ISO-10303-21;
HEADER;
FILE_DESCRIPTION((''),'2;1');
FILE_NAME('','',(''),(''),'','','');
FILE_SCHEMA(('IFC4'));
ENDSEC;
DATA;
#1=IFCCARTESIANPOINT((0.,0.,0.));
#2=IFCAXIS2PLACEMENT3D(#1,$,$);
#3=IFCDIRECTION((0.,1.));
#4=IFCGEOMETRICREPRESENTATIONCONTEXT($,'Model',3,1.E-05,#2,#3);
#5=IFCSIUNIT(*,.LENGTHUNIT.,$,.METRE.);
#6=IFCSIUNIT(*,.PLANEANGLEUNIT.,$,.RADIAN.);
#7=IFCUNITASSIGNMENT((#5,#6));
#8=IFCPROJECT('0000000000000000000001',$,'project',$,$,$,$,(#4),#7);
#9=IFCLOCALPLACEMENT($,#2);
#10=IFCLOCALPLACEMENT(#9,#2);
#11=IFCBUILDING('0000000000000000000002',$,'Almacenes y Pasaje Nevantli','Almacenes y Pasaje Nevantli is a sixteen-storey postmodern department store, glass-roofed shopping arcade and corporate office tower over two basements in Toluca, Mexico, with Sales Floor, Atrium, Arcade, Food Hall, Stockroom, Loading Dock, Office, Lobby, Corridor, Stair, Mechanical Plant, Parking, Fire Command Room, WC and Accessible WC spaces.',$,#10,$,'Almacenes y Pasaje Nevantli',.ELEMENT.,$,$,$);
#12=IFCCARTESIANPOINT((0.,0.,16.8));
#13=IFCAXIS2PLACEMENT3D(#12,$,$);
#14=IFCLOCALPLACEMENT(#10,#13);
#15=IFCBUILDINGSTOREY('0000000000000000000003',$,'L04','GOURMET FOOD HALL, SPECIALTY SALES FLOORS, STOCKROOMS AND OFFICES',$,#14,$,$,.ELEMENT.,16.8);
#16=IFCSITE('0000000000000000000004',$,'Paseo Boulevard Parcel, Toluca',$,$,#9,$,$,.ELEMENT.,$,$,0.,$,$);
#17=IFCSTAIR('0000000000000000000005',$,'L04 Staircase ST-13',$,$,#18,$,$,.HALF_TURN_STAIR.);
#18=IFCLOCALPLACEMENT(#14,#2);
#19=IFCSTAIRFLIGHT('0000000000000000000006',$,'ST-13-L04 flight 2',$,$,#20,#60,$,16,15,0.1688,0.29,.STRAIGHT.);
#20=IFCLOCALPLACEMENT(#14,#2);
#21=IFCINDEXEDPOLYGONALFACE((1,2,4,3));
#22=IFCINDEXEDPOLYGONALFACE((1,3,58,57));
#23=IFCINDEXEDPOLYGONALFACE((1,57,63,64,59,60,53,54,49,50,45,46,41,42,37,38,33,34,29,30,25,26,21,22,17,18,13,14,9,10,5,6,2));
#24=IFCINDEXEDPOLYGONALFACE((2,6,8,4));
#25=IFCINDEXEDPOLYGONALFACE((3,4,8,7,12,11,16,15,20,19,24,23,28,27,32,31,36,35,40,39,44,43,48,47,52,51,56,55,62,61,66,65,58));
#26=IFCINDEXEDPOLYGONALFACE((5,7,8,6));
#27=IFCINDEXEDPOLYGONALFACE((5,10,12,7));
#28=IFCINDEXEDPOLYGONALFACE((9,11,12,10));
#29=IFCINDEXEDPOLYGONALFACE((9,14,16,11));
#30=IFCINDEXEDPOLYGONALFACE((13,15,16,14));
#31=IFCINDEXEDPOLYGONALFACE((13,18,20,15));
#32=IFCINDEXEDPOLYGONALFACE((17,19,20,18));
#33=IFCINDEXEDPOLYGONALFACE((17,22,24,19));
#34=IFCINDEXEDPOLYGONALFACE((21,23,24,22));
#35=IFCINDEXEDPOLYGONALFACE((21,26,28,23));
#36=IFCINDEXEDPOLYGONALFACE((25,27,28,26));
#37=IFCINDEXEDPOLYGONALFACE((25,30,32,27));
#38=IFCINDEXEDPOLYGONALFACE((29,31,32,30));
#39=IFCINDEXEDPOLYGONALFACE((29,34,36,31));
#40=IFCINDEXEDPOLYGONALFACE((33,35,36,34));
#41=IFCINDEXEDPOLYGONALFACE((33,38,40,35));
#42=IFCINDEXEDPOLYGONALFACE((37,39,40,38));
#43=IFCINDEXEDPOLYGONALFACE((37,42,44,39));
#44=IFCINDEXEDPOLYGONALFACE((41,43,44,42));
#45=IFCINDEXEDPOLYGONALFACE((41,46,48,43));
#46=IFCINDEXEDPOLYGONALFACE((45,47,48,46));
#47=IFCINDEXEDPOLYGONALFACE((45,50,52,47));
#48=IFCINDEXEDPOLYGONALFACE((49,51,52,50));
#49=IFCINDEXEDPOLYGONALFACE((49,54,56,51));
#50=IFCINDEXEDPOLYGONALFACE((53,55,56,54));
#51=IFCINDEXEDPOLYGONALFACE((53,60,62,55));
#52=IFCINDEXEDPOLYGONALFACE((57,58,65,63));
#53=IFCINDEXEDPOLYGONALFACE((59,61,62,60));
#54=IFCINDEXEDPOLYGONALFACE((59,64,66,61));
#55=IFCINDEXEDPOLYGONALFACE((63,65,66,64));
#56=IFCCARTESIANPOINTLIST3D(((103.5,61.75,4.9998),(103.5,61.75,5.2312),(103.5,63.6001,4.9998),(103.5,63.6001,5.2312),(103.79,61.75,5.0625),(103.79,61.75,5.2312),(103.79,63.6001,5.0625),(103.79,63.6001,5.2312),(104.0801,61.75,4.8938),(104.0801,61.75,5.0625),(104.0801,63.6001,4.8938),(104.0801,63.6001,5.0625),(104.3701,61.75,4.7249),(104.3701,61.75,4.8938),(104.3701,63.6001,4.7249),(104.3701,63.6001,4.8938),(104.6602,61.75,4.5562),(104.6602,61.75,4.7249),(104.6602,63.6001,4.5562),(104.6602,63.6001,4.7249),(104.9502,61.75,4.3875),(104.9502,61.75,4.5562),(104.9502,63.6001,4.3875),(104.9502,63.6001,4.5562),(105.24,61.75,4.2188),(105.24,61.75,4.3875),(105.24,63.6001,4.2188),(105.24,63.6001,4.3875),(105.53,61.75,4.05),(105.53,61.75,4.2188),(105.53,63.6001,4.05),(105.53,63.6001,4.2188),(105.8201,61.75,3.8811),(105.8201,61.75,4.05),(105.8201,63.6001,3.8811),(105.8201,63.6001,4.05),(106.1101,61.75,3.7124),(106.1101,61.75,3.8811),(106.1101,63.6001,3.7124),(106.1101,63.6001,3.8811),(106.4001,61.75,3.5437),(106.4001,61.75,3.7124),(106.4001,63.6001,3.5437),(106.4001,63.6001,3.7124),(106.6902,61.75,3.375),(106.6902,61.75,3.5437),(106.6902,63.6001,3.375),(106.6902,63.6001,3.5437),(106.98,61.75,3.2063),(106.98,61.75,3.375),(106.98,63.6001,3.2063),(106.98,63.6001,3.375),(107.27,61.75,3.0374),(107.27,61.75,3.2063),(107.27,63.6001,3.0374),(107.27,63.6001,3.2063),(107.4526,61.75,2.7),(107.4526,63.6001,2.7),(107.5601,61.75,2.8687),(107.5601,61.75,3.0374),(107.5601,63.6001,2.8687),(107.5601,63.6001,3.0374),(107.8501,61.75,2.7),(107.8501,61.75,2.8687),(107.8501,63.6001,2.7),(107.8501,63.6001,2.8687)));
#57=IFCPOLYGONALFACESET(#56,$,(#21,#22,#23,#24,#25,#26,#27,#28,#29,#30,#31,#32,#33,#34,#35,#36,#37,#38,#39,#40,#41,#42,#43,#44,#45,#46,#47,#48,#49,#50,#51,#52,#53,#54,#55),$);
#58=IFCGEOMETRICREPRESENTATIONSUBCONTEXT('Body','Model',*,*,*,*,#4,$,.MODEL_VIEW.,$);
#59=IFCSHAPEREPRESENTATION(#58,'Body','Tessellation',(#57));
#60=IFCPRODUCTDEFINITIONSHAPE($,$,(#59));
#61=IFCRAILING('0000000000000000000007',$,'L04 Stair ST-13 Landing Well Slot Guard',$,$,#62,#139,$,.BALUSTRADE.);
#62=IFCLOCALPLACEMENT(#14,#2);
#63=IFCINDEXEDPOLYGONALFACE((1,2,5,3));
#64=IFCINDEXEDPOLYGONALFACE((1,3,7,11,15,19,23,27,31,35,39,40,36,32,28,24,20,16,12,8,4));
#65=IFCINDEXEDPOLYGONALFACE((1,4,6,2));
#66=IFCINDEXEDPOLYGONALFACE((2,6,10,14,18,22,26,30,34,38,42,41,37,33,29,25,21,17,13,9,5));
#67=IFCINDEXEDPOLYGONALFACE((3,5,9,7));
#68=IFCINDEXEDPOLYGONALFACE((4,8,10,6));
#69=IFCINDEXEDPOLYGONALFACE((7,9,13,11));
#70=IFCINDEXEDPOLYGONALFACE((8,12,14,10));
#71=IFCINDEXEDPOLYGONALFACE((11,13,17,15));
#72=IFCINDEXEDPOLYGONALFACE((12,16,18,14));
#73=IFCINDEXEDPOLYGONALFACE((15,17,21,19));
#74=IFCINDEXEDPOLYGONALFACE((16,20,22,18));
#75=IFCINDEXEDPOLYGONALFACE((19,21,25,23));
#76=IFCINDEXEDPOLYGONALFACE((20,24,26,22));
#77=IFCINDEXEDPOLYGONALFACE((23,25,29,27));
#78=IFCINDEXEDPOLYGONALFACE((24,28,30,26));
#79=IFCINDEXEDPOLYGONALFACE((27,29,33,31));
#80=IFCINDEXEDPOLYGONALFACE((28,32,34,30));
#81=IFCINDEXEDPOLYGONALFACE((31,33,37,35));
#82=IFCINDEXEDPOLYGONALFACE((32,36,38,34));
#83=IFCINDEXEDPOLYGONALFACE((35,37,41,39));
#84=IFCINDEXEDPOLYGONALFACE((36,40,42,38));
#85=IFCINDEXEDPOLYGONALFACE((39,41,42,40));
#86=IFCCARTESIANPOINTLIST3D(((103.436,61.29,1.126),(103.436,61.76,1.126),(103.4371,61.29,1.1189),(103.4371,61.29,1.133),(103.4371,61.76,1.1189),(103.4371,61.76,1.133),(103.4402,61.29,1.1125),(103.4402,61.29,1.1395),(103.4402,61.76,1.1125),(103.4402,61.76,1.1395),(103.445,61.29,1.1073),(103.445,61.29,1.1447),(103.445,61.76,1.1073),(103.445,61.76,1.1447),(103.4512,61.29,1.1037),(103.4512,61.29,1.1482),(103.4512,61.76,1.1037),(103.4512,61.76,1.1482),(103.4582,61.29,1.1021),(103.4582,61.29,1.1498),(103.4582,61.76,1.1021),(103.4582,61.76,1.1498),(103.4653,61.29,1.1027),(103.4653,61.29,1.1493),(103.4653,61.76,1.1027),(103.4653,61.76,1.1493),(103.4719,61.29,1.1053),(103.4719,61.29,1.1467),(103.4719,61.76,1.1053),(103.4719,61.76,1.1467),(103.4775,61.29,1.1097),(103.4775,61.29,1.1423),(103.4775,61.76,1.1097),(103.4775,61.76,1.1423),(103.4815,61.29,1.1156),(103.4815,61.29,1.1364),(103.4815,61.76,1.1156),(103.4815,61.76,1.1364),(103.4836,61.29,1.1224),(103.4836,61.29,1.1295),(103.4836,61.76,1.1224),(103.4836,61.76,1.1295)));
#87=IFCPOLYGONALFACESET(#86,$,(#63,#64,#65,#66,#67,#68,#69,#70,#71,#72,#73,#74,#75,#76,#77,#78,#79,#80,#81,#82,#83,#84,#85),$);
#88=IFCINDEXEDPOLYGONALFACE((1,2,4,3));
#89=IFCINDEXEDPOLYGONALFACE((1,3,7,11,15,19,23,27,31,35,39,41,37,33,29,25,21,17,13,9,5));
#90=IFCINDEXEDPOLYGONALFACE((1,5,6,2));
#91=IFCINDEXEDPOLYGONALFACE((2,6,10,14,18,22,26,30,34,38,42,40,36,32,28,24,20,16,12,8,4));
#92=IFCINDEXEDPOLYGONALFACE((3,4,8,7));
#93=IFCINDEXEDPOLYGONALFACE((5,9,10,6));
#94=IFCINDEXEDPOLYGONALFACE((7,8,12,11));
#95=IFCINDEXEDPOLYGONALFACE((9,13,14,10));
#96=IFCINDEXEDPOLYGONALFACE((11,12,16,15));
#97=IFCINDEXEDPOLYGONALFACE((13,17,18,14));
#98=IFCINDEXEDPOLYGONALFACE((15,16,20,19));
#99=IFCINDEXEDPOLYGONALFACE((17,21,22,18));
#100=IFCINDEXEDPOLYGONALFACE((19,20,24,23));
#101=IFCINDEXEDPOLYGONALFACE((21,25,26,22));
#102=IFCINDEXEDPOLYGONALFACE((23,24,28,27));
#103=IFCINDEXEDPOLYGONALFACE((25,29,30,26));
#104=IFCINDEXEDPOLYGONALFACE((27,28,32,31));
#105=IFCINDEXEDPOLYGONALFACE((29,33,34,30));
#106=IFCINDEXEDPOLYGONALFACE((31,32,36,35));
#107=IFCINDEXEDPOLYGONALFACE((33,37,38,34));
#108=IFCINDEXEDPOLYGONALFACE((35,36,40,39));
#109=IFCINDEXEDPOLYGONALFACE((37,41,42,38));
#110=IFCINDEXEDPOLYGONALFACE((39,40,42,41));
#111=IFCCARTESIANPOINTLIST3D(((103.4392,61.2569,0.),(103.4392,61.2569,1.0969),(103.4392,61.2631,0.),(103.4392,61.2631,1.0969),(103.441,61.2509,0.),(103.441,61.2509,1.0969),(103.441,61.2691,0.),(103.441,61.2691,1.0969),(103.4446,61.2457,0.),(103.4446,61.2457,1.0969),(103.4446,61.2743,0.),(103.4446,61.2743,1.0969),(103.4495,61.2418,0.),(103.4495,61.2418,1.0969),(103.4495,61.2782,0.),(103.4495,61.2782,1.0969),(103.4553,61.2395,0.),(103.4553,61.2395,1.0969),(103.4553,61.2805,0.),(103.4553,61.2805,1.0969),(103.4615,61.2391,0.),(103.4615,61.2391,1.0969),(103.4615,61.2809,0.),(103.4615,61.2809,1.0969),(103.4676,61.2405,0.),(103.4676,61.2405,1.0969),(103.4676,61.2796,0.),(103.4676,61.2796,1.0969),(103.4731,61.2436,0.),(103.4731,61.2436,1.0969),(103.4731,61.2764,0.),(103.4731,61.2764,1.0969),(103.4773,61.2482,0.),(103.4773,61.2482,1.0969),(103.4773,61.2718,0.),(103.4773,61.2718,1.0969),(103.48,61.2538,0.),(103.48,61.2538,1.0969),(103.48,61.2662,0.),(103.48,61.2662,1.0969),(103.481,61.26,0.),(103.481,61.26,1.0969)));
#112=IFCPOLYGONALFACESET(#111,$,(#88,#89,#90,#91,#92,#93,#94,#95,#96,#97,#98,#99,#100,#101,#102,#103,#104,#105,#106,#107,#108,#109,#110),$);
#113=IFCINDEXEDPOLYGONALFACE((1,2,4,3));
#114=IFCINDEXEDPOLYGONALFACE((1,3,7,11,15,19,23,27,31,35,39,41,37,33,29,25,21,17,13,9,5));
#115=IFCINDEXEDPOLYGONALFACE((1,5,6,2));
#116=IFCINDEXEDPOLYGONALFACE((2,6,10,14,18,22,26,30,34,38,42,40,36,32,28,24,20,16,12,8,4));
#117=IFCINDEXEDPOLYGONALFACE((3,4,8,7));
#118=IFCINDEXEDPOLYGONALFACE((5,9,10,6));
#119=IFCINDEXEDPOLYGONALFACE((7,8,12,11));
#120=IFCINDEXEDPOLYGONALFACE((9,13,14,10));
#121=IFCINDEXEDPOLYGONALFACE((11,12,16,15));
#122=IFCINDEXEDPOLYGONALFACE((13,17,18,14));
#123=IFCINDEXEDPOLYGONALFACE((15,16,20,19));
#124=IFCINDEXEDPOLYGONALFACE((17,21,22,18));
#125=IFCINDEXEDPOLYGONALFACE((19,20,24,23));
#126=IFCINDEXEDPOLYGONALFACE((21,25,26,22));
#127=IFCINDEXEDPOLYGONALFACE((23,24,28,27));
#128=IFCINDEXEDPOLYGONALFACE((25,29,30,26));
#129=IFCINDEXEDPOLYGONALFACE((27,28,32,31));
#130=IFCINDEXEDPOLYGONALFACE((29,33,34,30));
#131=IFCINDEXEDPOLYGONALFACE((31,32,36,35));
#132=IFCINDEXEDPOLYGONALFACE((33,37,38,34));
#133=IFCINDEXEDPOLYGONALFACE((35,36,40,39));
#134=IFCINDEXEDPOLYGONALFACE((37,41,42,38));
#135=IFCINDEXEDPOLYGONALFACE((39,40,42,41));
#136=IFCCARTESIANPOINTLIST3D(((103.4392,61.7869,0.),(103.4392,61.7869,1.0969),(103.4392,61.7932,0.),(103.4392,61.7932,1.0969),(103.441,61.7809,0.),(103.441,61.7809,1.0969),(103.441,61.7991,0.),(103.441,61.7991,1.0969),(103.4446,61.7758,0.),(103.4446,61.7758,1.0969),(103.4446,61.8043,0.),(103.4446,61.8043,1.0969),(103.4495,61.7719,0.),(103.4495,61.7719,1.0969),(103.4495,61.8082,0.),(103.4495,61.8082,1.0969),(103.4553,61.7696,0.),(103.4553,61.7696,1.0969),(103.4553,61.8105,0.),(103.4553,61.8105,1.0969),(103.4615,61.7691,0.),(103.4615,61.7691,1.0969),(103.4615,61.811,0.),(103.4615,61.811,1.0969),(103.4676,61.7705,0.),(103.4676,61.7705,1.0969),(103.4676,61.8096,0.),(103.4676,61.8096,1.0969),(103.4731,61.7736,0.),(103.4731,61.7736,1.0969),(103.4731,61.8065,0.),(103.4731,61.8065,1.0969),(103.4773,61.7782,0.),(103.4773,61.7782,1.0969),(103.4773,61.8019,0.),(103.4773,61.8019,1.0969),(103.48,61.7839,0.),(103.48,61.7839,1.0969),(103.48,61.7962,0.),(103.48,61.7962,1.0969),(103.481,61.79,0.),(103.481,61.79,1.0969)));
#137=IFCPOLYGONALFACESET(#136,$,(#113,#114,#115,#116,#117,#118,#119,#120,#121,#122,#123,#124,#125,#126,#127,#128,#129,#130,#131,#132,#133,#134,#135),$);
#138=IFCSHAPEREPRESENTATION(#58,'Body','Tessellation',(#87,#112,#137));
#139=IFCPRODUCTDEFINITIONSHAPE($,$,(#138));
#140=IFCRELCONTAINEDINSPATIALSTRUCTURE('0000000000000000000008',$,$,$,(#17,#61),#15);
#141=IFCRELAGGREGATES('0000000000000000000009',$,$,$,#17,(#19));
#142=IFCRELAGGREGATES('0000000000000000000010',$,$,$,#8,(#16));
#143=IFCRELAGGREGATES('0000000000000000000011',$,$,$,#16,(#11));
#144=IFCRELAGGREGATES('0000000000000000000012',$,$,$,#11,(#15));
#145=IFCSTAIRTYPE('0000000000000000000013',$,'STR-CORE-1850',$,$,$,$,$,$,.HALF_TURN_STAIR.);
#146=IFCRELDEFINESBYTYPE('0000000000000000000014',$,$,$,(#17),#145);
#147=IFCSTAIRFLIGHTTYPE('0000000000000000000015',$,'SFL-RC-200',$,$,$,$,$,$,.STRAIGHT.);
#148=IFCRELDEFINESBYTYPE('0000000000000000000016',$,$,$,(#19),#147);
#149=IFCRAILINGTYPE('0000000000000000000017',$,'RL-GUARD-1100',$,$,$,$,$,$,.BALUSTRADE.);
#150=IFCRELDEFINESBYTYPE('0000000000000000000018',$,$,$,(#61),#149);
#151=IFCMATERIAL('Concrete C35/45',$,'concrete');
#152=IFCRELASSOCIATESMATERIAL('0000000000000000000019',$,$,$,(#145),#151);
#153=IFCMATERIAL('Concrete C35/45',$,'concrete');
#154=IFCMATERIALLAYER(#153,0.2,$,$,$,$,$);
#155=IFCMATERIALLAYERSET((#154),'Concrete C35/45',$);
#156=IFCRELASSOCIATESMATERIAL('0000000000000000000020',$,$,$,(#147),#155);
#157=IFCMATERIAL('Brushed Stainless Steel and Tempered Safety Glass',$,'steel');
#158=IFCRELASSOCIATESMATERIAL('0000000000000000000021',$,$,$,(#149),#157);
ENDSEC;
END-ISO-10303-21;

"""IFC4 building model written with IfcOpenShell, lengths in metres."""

from ifc_helpers import new_model, si_unit, direction, frame, origin, origin_2d, place, context, subcontext, project, spatial, polyline, circle, outline, extrude, material, layer, layer_set, type_object, element, aggregate, save


model = new_model("IFC4")

# Units and contexts
model_context = context("Model", 3, precision=1e-05, world=origin(), true_north=direction((0.0, 1.0)))
body_context = subcontext(model_context, "Body", "Model", "MODEL_VIEW")
ifc_project = project(units=[si_unit("LENGTHUNIT", "METRE"), si_unit("PLANEANGLEUNIT", "RADIAN")], contexts=[model_context])

# Site, building, storey
site_placement = place(None, origin())
site = spatial("IfcSite", under=ifc_project, at=site_placement, Name="Paseo Boulevard Parcel, Toluca", CompositionType="ELEMENT", RefElevation=0.0)
building_placement = place(site_placement, origin())
building = spatial("IfcBuilding", under=site, at=building_placement, Name="Almacenes y Pasaje Nevantli", Description="Almacenes y Pasaje Nevantli is a sixteen-storey postmodern department store, glass-roofed shopping arcade and corporate office tower over two basements in Toluca, Mexico, with Sales Floor, Atrium, Arcade, Food Hall, Stockroom, Loading Dock, Office, Lobby, Corridor, Stair, Mechanical Plant, Parking, Fire Command Room, WC and Accessible WC spaces.", LongName="Almacenes y Pasaje Nevantli", CompositionType="ELEMENT")
storey_placement = place(building_placement, frame((0.0, 0.0, 16.8)))
storey = spatial("IfcBuildingStorey", under=building, at=storey_placement, Name="L04", Description="GOURMET FOOD HALL, SPECIALTY SALES FLOORS, STOCKROOMS AND OFFICES", CompositionType="ELEMENT", Elevation=16.8)

# Stair, stair flight
ifc_material_1 = material(Name="Concrete C35/45", Category="concrete")
stair_type = type_object("IfcStairType", Name="STR-CORE-1850", PredefinedType="HALF_TURN_STAIR", material=ifc_material_1)
stair_placement = place(storey_placement, origin())
stair = element("IfcStair", 1, at=stair_placement, inside=storey, type_object=stair_type, Name="L04 Staircase ST-13", PredefinedType="HALF_TURN_STAIR")
ifc_material_2 = material(Name="Concrete C35/45", Category="concrete")
ifc_layer_1 = layer(ifc_material_2, 0.2)
ifc_layer_set_1 = layer_set([ifc_layer_1], Name="Concrete C35/45")
stair_flight_type = type_object("IfcStairFlightType", Name="SFL-RC-200", PredefinedType="STRAIGHT", material=ifc_layer_set_1)
stair_flight_1_placement = place(storey_placement, frame((107.8501, 62.675, 2.7), z_axis=(0.0, 0.0, 1.0), x_axis=(-1.0, 0.0, 0.0)))
stair_flight_1 = element("IfcStairFlight", 2, at=stair_flight_1_placement, type_object=stair_flight_type, Name="ST-13-L04 flight 2", NumberOfRisers=16, NumberOfTreads=15, PredefinedType="STRAIGHT", RiserHeight=0.1688, TreadLength=0.29, context=body_context, shape_type="SweptSolid", body=[
    extrude(outline(polyline([(0.0, 0.0), (0.0, 0.1687), (0.29, 0.1687), (0.29, 0.3374), (0.5801, 0.3374), (0.5801, 0.5063), (0.8701, 0.5063), (0.8701, 0.675), (1.1599, 0.675), (1.1599, 0.8438), (1.45, 0.8438), (1.45, 1.0125), (1.74, 1.0125), (1.74, 1.1812), (2.03, 1.1812), (2.03, 1.3501), (2.3201, 1.3501), (2.3201, 1.5188), (2.6101, 1.5188), (2.6101, 1.6875), (2.8999, 1.6875), (2.8999, 1.8562), (3.1899, 1.8562), (3.1899, 2.0249), (3.48, 2.0249), (3.48, 2.1938), (3.77, 2.1938), (3.77, 2.3625), (4.0601, 2.3625), (4.0601, 2.5312), (4.3501, 2.5312), (4.3501, 2.7), (4.3501, 2.2998), (0.3975, 0.0), (0.0, 0.0)])), frame((0.0, 0.925, 0.0), z_axis=(0.0, -1.0, 0.0), x_axis=(1.0, 0.0, 0.0)), (0.0, 0.0, 1.0), 1.8501),
])
aggregate(stair, [stair_flight_1])

# Railing
ifc_material_3 = material(Name="Brushed Stainless Steel and Tempered Safety Glass", Category="steel")
railing_type_1 = type_object("IfcRailingType", Name="RL-GUARD-1100", PredefinedType="BALUSTRADE", material=ifc_material_3)
railing_1_placement = place(storey_placement, frame((103.46, 61.26, 0.0)))
element("IfcRailing", 3, at=railing_1_placement, inside=storey, type_object=railing_type_1, Name="L04 Stair ST-13 Landing Well Slot Guard", PredefinedType="BALUSTRADE", context=body_context, shape_type="SweptSolid", body=[
    extrude(circle(Radius=0.0239, at=origin_2d()), frame((0.0, 0.03, 1.126), z_axis=(0.0, 1.0, 0.0), x_axis=(-1.0, 0.0, 0.0)), (0.0, 0.0, 1.0), 0.47),
    extrude(circle(Radius=0.021, at=origin_2d()), origin(), (0.0, 0.0, 1.0), 1.0969),
    extrude(circle(Radius=0.021, at=origin_2d()), frame((0.0, 0.53, 0.0)), (0.0, 0.0, 1.0), 1.0969),
])

save(model, "model.ifc")
